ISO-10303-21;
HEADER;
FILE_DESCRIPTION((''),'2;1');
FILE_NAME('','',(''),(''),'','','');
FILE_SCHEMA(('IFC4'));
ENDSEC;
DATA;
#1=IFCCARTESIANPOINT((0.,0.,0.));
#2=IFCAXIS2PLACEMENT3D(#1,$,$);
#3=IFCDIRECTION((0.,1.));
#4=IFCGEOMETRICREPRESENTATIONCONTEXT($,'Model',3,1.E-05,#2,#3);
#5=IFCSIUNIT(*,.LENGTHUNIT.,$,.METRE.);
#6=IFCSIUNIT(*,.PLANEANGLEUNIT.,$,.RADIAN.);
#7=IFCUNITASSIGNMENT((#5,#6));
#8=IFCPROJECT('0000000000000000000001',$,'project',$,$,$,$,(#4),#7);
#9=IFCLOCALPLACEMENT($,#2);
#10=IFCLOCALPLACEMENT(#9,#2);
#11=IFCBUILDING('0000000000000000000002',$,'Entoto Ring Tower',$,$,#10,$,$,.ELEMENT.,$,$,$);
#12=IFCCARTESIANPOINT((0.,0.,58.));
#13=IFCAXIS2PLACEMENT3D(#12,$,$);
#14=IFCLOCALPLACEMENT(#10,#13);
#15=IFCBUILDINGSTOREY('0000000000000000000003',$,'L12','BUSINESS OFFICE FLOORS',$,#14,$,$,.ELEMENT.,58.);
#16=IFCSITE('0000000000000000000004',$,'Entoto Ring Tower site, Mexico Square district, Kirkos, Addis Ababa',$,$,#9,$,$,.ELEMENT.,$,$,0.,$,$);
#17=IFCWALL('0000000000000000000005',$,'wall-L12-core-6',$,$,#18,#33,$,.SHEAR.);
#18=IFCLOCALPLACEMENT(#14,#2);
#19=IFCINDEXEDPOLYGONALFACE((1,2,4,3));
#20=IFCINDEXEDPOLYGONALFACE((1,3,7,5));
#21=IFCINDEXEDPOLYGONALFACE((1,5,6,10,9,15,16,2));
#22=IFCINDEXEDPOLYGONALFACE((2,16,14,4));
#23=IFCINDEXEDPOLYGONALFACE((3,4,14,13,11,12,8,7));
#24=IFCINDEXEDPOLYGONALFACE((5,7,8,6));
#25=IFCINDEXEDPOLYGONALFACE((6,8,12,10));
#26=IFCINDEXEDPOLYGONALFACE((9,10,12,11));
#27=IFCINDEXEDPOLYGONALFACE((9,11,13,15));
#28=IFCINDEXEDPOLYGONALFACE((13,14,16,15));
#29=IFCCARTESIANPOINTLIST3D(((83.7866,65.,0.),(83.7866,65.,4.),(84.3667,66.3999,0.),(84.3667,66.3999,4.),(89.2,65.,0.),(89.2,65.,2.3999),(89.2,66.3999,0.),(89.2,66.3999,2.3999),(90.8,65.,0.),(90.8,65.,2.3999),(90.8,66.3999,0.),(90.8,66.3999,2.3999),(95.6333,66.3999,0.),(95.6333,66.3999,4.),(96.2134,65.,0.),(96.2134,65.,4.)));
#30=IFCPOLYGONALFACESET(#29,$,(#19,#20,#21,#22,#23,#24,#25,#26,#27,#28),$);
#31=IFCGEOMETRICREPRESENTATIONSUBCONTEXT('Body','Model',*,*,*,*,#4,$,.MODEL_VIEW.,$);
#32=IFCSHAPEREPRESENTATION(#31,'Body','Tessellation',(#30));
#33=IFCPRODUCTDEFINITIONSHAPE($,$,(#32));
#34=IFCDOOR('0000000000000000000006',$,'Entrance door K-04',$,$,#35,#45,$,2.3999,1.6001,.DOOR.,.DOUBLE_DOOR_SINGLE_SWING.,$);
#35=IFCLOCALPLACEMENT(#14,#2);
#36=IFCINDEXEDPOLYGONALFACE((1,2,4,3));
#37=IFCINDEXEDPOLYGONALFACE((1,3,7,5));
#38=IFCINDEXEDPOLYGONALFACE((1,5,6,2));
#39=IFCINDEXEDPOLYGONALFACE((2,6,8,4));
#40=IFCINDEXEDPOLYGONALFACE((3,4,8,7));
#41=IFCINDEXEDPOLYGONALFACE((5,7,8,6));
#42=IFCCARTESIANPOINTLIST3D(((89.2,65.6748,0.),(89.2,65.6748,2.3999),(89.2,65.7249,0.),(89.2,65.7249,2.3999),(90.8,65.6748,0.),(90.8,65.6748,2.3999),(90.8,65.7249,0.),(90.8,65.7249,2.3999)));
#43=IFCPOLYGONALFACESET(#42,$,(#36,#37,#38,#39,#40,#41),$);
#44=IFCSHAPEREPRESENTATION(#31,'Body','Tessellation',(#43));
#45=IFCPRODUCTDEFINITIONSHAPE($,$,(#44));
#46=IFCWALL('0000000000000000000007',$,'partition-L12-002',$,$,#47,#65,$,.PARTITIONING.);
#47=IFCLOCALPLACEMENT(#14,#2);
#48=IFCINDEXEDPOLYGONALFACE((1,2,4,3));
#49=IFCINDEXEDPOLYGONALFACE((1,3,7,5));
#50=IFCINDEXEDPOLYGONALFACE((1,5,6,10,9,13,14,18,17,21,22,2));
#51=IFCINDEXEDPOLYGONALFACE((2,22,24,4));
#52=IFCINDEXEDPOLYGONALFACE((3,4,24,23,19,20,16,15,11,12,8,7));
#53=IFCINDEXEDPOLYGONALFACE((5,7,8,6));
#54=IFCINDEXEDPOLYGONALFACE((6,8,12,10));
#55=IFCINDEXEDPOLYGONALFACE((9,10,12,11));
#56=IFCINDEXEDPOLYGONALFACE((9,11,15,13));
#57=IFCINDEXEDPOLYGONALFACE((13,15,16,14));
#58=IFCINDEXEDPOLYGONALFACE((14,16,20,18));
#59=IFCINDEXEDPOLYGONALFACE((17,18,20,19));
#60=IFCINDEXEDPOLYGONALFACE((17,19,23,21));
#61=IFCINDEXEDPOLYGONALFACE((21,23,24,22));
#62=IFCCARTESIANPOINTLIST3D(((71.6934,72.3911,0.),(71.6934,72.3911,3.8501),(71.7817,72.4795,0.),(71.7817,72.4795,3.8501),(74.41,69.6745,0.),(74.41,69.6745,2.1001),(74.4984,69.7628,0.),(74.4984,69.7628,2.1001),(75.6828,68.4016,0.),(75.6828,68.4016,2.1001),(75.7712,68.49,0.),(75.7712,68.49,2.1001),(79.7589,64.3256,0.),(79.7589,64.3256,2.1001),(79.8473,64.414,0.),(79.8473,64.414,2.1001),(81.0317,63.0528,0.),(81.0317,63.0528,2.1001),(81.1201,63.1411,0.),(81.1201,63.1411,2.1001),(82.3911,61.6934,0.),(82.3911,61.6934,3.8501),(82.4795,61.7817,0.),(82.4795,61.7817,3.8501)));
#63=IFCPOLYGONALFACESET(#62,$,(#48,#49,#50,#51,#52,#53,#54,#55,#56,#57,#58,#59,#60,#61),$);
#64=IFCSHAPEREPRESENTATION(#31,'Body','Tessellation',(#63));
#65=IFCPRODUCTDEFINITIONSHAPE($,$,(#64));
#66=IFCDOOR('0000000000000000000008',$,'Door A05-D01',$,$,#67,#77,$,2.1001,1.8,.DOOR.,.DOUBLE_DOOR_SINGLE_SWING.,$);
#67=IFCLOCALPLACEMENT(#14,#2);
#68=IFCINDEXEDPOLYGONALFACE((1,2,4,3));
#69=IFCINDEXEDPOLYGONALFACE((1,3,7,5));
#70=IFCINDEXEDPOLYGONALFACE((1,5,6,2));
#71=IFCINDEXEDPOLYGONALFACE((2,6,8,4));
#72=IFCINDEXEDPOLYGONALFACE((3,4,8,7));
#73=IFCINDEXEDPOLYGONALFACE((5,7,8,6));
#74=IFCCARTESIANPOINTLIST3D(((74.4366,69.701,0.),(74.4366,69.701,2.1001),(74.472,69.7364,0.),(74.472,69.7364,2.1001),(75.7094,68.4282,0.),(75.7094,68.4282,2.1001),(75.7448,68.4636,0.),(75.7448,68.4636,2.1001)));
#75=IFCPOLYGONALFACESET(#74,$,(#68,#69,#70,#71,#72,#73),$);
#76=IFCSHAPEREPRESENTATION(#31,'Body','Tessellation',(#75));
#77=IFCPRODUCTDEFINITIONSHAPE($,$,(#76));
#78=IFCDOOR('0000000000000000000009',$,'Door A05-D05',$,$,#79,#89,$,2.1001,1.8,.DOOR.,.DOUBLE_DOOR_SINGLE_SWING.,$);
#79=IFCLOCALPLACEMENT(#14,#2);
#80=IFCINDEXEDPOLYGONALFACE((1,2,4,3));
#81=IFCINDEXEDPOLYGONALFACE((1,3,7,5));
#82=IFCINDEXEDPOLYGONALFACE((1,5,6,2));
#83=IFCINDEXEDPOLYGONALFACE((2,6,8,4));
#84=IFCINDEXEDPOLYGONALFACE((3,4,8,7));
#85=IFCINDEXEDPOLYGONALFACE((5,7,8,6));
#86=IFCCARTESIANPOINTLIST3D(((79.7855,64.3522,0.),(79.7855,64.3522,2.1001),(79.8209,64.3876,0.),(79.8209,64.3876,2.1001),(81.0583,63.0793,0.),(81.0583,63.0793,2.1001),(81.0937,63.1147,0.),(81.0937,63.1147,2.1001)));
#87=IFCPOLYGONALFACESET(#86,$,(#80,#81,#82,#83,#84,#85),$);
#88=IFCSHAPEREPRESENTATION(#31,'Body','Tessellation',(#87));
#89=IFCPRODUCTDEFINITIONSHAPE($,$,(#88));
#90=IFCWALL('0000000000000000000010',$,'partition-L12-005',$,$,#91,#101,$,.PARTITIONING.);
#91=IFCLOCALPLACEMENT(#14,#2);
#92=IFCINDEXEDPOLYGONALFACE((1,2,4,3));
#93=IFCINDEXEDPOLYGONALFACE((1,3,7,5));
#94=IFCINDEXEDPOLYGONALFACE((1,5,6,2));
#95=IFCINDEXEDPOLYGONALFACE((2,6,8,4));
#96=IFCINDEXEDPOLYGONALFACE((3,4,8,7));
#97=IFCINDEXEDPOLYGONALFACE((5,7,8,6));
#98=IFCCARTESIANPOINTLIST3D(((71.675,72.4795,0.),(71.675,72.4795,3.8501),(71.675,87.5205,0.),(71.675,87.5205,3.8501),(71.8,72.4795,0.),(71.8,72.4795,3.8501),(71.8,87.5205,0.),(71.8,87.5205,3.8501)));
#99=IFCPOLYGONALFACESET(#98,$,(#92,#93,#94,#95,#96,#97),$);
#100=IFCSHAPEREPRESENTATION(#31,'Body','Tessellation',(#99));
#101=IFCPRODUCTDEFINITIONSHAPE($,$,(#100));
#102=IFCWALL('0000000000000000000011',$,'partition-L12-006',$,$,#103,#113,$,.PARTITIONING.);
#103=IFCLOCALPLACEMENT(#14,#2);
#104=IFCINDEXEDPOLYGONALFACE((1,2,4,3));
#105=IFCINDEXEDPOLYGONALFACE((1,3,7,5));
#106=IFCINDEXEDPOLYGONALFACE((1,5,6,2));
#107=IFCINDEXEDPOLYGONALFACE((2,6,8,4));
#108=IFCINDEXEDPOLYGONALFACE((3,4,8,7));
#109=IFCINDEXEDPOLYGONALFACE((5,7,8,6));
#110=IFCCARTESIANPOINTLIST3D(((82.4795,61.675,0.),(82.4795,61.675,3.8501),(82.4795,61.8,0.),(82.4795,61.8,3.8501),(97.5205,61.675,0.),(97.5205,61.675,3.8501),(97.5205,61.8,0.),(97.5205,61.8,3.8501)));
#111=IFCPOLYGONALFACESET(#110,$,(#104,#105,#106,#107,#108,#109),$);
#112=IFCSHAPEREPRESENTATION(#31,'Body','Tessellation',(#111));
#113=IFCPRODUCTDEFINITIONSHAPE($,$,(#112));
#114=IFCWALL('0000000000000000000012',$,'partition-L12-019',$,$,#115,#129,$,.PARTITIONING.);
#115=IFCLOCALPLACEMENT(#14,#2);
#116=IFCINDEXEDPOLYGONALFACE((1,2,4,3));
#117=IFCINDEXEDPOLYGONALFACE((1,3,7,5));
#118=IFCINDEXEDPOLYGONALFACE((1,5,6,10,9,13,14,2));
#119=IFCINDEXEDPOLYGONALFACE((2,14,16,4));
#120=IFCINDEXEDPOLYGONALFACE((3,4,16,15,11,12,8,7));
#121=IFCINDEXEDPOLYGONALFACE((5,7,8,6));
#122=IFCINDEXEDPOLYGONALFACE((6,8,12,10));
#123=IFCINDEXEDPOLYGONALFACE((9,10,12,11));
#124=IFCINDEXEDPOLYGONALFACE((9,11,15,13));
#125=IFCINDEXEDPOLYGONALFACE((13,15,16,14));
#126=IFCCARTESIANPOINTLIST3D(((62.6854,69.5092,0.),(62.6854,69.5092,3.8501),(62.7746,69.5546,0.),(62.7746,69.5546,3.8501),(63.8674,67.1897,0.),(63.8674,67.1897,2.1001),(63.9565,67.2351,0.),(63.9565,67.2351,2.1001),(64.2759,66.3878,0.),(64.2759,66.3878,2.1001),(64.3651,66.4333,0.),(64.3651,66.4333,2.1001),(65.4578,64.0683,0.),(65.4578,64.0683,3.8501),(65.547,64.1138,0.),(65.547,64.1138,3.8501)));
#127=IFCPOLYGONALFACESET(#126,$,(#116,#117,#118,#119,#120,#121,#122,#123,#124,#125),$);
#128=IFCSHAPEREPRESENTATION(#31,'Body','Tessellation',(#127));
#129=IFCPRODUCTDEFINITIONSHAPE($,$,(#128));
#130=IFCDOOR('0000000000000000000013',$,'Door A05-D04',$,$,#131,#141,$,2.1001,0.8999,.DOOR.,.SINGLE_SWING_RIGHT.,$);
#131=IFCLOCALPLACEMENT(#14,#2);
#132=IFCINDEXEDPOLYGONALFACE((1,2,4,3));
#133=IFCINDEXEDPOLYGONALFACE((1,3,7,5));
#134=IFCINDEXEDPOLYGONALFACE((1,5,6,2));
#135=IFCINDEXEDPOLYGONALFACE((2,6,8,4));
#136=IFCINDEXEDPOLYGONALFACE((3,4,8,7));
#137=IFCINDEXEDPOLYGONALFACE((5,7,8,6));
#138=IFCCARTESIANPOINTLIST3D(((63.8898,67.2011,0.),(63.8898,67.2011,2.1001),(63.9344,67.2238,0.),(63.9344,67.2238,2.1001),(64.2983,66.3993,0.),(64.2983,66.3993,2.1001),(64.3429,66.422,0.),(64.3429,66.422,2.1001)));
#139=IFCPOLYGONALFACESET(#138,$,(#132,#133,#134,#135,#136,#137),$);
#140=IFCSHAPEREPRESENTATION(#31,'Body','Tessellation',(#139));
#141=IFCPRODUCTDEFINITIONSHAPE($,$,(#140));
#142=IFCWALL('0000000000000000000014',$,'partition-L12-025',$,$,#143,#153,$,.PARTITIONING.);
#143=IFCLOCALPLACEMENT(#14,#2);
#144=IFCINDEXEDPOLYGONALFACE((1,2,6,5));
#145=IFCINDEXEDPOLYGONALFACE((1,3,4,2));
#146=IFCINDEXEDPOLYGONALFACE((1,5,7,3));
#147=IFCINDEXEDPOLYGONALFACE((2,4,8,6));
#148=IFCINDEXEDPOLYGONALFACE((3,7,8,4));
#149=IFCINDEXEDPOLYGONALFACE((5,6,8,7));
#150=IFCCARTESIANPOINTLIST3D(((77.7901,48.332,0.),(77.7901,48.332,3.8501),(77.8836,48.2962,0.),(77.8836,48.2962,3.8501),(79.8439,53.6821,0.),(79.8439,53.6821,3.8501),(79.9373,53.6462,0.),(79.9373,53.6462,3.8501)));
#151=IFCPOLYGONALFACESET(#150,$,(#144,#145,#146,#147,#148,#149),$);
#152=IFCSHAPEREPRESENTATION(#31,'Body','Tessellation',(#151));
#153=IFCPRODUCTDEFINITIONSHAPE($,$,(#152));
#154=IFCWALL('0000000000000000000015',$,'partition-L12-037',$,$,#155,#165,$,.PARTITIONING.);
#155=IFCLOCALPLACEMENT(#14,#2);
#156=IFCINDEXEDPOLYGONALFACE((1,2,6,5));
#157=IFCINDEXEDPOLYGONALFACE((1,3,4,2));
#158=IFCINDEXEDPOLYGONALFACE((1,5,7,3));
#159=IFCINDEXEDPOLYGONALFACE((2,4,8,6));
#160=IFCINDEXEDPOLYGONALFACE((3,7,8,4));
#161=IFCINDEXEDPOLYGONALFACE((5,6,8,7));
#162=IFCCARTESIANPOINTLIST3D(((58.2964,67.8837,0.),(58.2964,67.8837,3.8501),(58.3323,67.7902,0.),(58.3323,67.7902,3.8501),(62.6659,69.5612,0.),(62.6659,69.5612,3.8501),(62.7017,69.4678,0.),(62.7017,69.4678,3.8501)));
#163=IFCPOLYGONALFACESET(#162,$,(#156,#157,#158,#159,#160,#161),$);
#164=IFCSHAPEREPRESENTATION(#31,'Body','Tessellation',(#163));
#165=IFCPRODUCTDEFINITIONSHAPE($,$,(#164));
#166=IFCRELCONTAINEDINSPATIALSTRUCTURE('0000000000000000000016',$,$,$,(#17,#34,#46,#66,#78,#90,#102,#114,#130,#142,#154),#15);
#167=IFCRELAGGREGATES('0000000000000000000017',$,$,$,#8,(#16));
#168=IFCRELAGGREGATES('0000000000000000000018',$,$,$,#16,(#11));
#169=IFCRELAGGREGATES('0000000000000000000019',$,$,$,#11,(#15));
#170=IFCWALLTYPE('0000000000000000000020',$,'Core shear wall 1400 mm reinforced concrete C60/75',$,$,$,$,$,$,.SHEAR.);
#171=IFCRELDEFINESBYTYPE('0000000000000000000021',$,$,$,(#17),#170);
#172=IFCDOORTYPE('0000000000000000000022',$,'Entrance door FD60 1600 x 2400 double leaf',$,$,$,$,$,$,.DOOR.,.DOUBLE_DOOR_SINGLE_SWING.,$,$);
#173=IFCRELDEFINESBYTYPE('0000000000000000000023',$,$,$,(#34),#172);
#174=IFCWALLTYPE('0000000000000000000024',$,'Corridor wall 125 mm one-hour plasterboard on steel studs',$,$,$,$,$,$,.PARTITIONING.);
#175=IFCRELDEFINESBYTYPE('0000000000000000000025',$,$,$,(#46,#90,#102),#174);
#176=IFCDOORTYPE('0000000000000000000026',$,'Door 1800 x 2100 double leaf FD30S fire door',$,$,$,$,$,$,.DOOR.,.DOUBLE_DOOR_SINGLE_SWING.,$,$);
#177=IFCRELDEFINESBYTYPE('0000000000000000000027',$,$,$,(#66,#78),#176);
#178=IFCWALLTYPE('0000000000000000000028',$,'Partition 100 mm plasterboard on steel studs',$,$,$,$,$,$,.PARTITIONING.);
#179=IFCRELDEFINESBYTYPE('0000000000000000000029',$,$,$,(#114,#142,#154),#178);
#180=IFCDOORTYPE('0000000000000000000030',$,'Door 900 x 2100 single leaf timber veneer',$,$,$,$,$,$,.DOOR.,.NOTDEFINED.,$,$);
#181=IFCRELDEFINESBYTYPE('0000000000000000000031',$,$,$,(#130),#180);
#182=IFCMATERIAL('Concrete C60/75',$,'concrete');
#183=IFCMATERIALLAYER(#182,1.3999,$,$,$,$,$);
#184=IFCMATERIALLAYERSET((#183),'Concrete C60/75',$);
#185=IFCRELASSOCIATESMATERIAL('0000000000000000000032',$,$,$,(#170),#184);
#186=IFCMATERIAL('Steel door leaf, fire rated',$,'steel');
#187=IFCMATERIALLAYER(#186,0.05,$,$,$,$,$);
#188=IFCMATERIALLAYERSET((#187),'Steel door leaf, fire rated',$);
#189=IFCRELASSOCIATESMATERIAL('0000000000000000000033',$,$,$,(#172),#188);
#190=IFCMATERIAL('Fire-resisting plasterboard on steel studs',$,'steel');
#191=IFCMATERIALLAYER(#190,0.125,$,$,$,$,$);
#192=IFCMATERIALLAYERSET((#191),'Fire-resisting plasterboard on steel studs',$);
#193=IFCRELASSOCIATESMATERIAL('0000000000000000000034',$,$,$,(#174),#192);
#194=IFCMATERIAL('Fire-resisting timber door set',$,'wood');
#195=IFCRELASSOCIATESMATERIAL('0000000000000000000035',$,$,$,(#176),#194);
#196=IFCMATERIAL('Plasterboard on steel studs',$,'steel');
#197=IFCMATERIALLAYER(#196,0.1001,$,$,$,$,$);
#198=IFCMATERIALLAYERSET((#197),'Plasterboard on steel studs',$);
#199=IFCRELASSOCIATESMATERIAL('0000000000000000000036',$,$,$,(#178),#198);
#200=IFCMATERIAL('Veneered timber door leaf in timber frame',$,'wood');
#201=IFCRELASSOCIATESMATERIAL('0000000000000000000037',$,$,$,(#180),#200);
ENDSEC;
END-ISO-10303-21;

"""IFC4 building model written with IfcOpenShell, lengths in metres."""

from ifc_helpers import new_model, si_unit, direction, frame, frame_2d, origin, place, context, subcontext, project, spatial, polyline, rectangle, outline, extrude, material, layer, layer_set, type_object, element, fill, save


model = new_model("IFC4")

# Units and contexts
model_context = context("Model", 3, precision=1e-05, world=origin(), true_north=direction((0.0, 1.0)))
body_context = subcontext(model_context, "Body", "Model", "MODEL_VIEW")
ifc_project = project(units=[si_unit("LENGTHUNIT", "METRE"), si_unit("PLANEANGLEUNIT", "RADIAN")], contexts=[model_context])

# Site, building, storey
site_placement = place(None, origin())
site = spatial("IfcSite", under=ifc_project, at=site_placement, Name="Entoto Ring Tower site, Mexico Square district, Kirkos, Addis Ababa", CompositionType="ELEMENT", RefElevation=0.0)
building_placement = place(site_placement, origin())
building = spatial("IfcBuilding", under=site, at=building_placement, Name="Entoto Ring Tower", CompositionType="ELEMENT")
storey_placement = place(building_placement, frame((0.0, 0.0, 58.0)))
storey = spatial("IfcBuildingStorey", under=building, at=storey_placement, Name="L12", Description="BUSINESS OFFICE FLOORS", CompositionType="ELEMENT", Elevation=58.0)

# Wall, opening, door
ifc_material_1 = material(Name="Concrete C60/75", Category="concrete")
ifc_layer_1 = layer(ifc_material_1, 1.3999)
ifc_layer_set_1 = layer_set([ifc_layer_1], Name="Concrete C60/75")
wall_type_1 = type_object("IfcWallType", Name="Core shear wall 1400 mm reinforced concrete C60/75", PredefinedType="SHEAR", material=ifc_layer_set_1)
wall_1_placement = place(storey_placement, frame((84.0767, 65.7, 0.0), z_axis=(0.0, 0.0, 1.0), x_axis=(1.0, 0.0, 0.0)))
wall_1 = element("IfcWall", 1, at=wall_1_placement, inside=storey, type_object=wall_type_1, Name="wall-L12-core-6", PredefinedType="SHEAR", context=body_context, shape_type="SweptSolid", body=[
    extrude(outline(polyline([(-0.29, -0.7), (12.1367, -0.7), (11.5566, 0.7), (0.29, 0.7), (-0.29, -0.7)])), origin(), (0.0, 0.0, 1.0), 4.0),
])
opening_1_placement = place(wall_1_placement, frame((5.1233, 0.0, 0.0)))
opening_1 = element("IfcOpeningElement", 2, at=opening_1_placement, cuts=wall_1, PredefinedType="OPENING", context=body_context, shape_type="SweptSolid", body=[
    extrude(rectangle(XDim=1.6001, YDim=2.3999, at=frame_2d((0.8, 1.2))), frame((0.0, 0.71, 0.0), z_axis=(0.0, -1.0, 0.0), x_axis=(1.0, 0.0, 0.0)), (0.0, 0.0, 1.0), 1.4199),
])
ifc_material_2 = material(Name="Steel door leaf, fire rated", Category="steel")
ifc_layer_2 = layer(ifc_material_2, 0.05)
ifc_layer_set_2 = layer_set([ifc_layer_2], Name="Steel door leaf, fire rated")
door_type_1 = type_object("IfcDoorType", Name="Entrance door FD60 1600 x 2400 double leaf", OperationType="DOUBLE_DOOR_SINGLE_SWING", PredefinedType="DOOR", material=ifc_layer_set_2)
door_1_placement = place(opening_1_placement, origin())
door_1 = element("IfcDoor", 3, at=door_1_placement, inside=storey, type_object=door_type_1, Name="Entrance door K-04", OperationType="DOUBLE_DOOR_SINGLE_SWING", OverallHeight=2.3999, OverallWidth=1.6001, PredefinedType="DOOR", context=body_context, shape_type="SweptSolid", body=[
    extrude(rectangle(XDim=1.6001, YDim=2.3999, at=frame_2d((0.8, 1.2))), frame((0.0, 0.0249, 0.0), z_axis=(0.0, -1.0, 0.0), x_axis=(1.0, 0.0, 0.0)), (0.0, 0.0, 1.0), 0.05),
])
fill(opening_1, door_1)

# Wall, openings, doors
ifc_material_3 = material(Name="Fire-resisting plasterboard on steel studs", Category="steel")
ifc_layer_3 = layer(ifc_material_3, 0.125)
ifc_layer_set_3 = layer_set([ifc_layer_3], Name="Fire-resisting plasterboard on steel studs")
wall_type_2 = type_object("IfcWallType", Name="Corridor wall 125 mm one-hour plasterboard on steel studs", PredefinedType="PARTITIONING", material=ifc_layer_set_3)
wall_2_placement = place(storey_placement, frame((82.4353, 61.7375, 0.0), z_axis=(0.0, 0.0, 1.0), x_axis=(-0.707107, 0.707107, 0.0)))
wall_2 = element("IfcWall", 4, at=wall_2_placement, inside=storey, type_object=wall_type_2, Name="partition-L12-002", PredefinedType="PARTITIONING", context=body_context, shape_type="SweptSolid", body=[
    extrude(rectangle(XDim=15.1289, YDim=0.125, at=frame_2d((7.5645, 0.0))), origin(), (0.0, 0.0, 1.0), 3.8501),
])
opening_2_placement = place(wall_2_placement, frame((9.4871, 0.0, 0.0)))
opening_2 = element("IfcOpeningElement", 5, at=opening_2_placement, cuts=wall_2, PredefinedType="OPENING", context=body_context, shape_type="SweptSolid", body=[
    extrude(rectangle(XDim=1.8, YDim=2.1001, at=frame_2d((0.8999, 1.05))), frame((0.0, 0.0725, 0.0), z_axis=(0.0, -1.0, 0.0), x_axis=(1.0, 0.0, 0.0)), (0.0, 0.0, 1.0), 0.145),
])
opening_3_placement = place(wall_2_placement, frame((1.9226, 0.0, 0.0)))
opening_3 = element("IfcOpeningElement", 6, at=opening_3_placement, cuts=wall_2, PredefinedType="OPENING", context=body_context, shape_type="SweptSolid", body=[
    extrude(rectangle(XDim=1.8, YDim=2.1001, at=frame_2d((0.8999, 1.05))), frame((0.0, 0.0725, 0.0), z_axis=(0.0, -1.0, 0.0), x_axis=(1.0, 0.0, 0.0)), (0.0, 0.0, 1.0), 0.145),
])
ifc_material_4 = material(Name="Fire-resisting timber door set", Category="wood")
door_type_2 = type_object("IfcDoorType", Name="Door 1800 x 2100 double leaf FD30S fire door", OperationType="DOUBLE_DOOR_SINGLE_SWING", PredefinedType="DOOR", material=ifc_material_4)
door_2_placement = place(opening_2_placement, origin())
door_2 = element("IfcDoor", 7, at=door_2_placement, inside=storey, type_object=door_type_2, Name="Door A05-D01", OperationType="DOUBLE_DOOR_SINGLE_SWING", OverallHeight=2.1001, OverallWidth=1.8, PredefinedType="DOOR", context=body_context, shape_type="SweptSolid", body=[
    extrude(rectangle(XDim=1.8, YDim=2.1001, at=frame_2d((0.8999, 1.05))), frame((0.0, 0.0249, 0.0), z_axis=(0.0, -1.0, 0.0), x_axis=(1.0, 0.0, 0.0)), (0.0, 0.0, 1.0), 0.05),
])
fill(opening_2, door_2)
door_3_placement = place(opening_3_placement, origin())
door_3 = element("IfcDoor", 8, at=door_3_placement, inside=storey, type_object=door_type_2, Name="Door A05-D05", OperationType="DOUBLE_DOOR_SINGLE_SWING", OverallHeight=2.1001, OverallWidth=1.8, PredefinedType="DOOR", context=body_context, shape_type="SweptSolid", body=[
    extrude(rectangle(XDim=1.8, YDim=2.1001, at=frame_2d((0.8999, 1.05))), frame((0.0, 0.0249, 0.0), z_axis=(0.0, -1.0, 0.0), x_axis=(1.0, 0.0, 0.0)), (0.0, 0.0, 1.0), 0.05),
])
fill(opening_3, door_3)

# Walls
for number, where, z_axis, x_axis, name in (
    (9, (71.7375, 72.4795, 0.0), (0.0, 0.0, 1.0), (0.0, 1.0, 0.0), "partition-L12-005"),
    (10, (82.4795, 61.7375, 0.0), (0.0, 0.0, 1.0), (1.0, 0.0, 0.0), "partition-L12-006"),
):
    element("IfcWall", number, at=place(storey_placement, frame(where, z_axis=z_axis, x_axis=x_axis)), inside=storey, type_object=wall_type_2, Name=name, PredefinedType="PARTITIONING", context=body_context, shape_type="SweptSolid", body=[
        extrude(rectangle(XDim=15.041, YDim=0.125, at=frame_2d((7.5205, 0.0))), origin(), (0.0, 0.0, 1.0), 3.8501),
    ])

# Wall, opening, door
ifc_material_5 = material(Name="Plasterboard on steel studs", Category="steel")
ifc_layer_4 = layer(ifc_material_5, 0.1001)
ifc_layer_set_4 = layer_set([ifc_layer_4], Name="Plasterboard on steel studs")
wall_type_3 = type_object("IfcWallType", Name="Partition 100 mm plasterboard on steel studs", PredefinedType="PARTITIONING", material=ifc_layer_set_4)
wall_3_placement = place(storey_placement, frame((65.5024, 64.0911, 0.0), z_axis=(0.0, 0.0, 1.0), x_axis=(-0.454013, 0.890995, 0.0)))
wall_3 = element("IfcWall", 11, at=wall_3_placement, inside=storey, type_object=wall_type_3, Name="partition-L12-019", PredefinedType="PARTITIONING", context=body_context, shape_type="SweptSolid", body=[
    extrude(rectangle(XDim=6.1064, YDim=0.1001, at=frame_2d((3.0532, 0.0))), origin(), (0.0, 0.0, 1.0), 3.8501),
])
opening_4_placement = place(wall_3_placement, frame((2.6033, 0.0, 0.0)))
opening_4 = element("IfcOpeningElement", 12, at=opening_4_placement, cuts=wall_3, PredefinedType="OPENING", context=body_context, shape_type="SweptSolid", body=[
    extrude(rectangle(XDim=0.8999, YDim=2.1001, at=frame_2d((0.45, 1.05))), frame((0.0, 0.0601, 0.0), z_axis=(0.0, -1.0, 0.0), x_axis=(1.0, 0.0, 0.0)), (0.0, 0.0, 1.0), 0.1201),
])
ifc_material_6 = material(Name="Veneered timber door leaf in timber frame", Category="wood")
door_type_3 = type_object("IfcDoorType", Name="Door 900 x 2100 single leaf timber veneer", OperationType="NOTDEFINED", PredefinedType="DOOR", material=ifc_material_6)
door_4_placement = place(opening_4_placement, origin())
door_4 = element("IfcDoor", 13, at=door_4_placement, inside=storey, type_object=door_type_3, Name="Door A05-D04", OperationType="SINGLE_SWING_RIGHT", OverallHeight=2.1001, OverallWidth=0.8999, PredefinedType="DOOR", context=body_context, shape_type="SweptSolid", body=[
    extrude(rectangle(XDim=0.8999, YDim=2.1001, at=frame_2d((0.45, 1.05))), frame((0.0, 0.0249, 0.0), z_axis=(0.0, -1.0, 0.0), x_axis=(1.0, 0.0, 0.0)), (0.0, 0.0, 1.0), 0.05),
])
fill(opening_4, door_4)

# Walls
wall_4_placement = place(storey_placement, frame((77.8369, 48.3142, 0.0), z_axis=(0.0, 0.0, 1.0), x_axis=(0.358368, 0.93358, 0.0)))
element("IfcWall", 14, at=wall_4_placement, inside=storey, type_object=wall_type_3, Name="partition-L12-025", PredefinedType="PARTITIONING", context=body_context, shape_type="SweptSolid", body=[
    extrude(rectangle(XDim=5.7307, YDim=0.1001, at=frame_2d((2.8652, 0.0))), origin(), (0.0, 0.0, 1.0), 3.8501),
])
for number, where, z_axis, x_axis, name in (
    (15, (58.3142, 67.8369, 0.0), (0.0, 0.0, 1.0), (0.933563, 0.358413, 0.0), "partition-L12-037"),
):
    element("IfcWall", number, at=place(storey_placement, frame(where, z_axis=z_axis, x_axis=x_axis)), inside=storey, type_object=wall_type_3, Name=name, PredefinedType="PARTITIONING", context=body_context, shape_type="SweptSolid", body=[
        extrude(rectangle(XDim=4.6804, YDim=0.1001, at=frame_2d((2.3403, 0.0))), origin(), (0.0, 0.0, 1.0), 3.8501),
    ])

save(model, "model.ifc")
